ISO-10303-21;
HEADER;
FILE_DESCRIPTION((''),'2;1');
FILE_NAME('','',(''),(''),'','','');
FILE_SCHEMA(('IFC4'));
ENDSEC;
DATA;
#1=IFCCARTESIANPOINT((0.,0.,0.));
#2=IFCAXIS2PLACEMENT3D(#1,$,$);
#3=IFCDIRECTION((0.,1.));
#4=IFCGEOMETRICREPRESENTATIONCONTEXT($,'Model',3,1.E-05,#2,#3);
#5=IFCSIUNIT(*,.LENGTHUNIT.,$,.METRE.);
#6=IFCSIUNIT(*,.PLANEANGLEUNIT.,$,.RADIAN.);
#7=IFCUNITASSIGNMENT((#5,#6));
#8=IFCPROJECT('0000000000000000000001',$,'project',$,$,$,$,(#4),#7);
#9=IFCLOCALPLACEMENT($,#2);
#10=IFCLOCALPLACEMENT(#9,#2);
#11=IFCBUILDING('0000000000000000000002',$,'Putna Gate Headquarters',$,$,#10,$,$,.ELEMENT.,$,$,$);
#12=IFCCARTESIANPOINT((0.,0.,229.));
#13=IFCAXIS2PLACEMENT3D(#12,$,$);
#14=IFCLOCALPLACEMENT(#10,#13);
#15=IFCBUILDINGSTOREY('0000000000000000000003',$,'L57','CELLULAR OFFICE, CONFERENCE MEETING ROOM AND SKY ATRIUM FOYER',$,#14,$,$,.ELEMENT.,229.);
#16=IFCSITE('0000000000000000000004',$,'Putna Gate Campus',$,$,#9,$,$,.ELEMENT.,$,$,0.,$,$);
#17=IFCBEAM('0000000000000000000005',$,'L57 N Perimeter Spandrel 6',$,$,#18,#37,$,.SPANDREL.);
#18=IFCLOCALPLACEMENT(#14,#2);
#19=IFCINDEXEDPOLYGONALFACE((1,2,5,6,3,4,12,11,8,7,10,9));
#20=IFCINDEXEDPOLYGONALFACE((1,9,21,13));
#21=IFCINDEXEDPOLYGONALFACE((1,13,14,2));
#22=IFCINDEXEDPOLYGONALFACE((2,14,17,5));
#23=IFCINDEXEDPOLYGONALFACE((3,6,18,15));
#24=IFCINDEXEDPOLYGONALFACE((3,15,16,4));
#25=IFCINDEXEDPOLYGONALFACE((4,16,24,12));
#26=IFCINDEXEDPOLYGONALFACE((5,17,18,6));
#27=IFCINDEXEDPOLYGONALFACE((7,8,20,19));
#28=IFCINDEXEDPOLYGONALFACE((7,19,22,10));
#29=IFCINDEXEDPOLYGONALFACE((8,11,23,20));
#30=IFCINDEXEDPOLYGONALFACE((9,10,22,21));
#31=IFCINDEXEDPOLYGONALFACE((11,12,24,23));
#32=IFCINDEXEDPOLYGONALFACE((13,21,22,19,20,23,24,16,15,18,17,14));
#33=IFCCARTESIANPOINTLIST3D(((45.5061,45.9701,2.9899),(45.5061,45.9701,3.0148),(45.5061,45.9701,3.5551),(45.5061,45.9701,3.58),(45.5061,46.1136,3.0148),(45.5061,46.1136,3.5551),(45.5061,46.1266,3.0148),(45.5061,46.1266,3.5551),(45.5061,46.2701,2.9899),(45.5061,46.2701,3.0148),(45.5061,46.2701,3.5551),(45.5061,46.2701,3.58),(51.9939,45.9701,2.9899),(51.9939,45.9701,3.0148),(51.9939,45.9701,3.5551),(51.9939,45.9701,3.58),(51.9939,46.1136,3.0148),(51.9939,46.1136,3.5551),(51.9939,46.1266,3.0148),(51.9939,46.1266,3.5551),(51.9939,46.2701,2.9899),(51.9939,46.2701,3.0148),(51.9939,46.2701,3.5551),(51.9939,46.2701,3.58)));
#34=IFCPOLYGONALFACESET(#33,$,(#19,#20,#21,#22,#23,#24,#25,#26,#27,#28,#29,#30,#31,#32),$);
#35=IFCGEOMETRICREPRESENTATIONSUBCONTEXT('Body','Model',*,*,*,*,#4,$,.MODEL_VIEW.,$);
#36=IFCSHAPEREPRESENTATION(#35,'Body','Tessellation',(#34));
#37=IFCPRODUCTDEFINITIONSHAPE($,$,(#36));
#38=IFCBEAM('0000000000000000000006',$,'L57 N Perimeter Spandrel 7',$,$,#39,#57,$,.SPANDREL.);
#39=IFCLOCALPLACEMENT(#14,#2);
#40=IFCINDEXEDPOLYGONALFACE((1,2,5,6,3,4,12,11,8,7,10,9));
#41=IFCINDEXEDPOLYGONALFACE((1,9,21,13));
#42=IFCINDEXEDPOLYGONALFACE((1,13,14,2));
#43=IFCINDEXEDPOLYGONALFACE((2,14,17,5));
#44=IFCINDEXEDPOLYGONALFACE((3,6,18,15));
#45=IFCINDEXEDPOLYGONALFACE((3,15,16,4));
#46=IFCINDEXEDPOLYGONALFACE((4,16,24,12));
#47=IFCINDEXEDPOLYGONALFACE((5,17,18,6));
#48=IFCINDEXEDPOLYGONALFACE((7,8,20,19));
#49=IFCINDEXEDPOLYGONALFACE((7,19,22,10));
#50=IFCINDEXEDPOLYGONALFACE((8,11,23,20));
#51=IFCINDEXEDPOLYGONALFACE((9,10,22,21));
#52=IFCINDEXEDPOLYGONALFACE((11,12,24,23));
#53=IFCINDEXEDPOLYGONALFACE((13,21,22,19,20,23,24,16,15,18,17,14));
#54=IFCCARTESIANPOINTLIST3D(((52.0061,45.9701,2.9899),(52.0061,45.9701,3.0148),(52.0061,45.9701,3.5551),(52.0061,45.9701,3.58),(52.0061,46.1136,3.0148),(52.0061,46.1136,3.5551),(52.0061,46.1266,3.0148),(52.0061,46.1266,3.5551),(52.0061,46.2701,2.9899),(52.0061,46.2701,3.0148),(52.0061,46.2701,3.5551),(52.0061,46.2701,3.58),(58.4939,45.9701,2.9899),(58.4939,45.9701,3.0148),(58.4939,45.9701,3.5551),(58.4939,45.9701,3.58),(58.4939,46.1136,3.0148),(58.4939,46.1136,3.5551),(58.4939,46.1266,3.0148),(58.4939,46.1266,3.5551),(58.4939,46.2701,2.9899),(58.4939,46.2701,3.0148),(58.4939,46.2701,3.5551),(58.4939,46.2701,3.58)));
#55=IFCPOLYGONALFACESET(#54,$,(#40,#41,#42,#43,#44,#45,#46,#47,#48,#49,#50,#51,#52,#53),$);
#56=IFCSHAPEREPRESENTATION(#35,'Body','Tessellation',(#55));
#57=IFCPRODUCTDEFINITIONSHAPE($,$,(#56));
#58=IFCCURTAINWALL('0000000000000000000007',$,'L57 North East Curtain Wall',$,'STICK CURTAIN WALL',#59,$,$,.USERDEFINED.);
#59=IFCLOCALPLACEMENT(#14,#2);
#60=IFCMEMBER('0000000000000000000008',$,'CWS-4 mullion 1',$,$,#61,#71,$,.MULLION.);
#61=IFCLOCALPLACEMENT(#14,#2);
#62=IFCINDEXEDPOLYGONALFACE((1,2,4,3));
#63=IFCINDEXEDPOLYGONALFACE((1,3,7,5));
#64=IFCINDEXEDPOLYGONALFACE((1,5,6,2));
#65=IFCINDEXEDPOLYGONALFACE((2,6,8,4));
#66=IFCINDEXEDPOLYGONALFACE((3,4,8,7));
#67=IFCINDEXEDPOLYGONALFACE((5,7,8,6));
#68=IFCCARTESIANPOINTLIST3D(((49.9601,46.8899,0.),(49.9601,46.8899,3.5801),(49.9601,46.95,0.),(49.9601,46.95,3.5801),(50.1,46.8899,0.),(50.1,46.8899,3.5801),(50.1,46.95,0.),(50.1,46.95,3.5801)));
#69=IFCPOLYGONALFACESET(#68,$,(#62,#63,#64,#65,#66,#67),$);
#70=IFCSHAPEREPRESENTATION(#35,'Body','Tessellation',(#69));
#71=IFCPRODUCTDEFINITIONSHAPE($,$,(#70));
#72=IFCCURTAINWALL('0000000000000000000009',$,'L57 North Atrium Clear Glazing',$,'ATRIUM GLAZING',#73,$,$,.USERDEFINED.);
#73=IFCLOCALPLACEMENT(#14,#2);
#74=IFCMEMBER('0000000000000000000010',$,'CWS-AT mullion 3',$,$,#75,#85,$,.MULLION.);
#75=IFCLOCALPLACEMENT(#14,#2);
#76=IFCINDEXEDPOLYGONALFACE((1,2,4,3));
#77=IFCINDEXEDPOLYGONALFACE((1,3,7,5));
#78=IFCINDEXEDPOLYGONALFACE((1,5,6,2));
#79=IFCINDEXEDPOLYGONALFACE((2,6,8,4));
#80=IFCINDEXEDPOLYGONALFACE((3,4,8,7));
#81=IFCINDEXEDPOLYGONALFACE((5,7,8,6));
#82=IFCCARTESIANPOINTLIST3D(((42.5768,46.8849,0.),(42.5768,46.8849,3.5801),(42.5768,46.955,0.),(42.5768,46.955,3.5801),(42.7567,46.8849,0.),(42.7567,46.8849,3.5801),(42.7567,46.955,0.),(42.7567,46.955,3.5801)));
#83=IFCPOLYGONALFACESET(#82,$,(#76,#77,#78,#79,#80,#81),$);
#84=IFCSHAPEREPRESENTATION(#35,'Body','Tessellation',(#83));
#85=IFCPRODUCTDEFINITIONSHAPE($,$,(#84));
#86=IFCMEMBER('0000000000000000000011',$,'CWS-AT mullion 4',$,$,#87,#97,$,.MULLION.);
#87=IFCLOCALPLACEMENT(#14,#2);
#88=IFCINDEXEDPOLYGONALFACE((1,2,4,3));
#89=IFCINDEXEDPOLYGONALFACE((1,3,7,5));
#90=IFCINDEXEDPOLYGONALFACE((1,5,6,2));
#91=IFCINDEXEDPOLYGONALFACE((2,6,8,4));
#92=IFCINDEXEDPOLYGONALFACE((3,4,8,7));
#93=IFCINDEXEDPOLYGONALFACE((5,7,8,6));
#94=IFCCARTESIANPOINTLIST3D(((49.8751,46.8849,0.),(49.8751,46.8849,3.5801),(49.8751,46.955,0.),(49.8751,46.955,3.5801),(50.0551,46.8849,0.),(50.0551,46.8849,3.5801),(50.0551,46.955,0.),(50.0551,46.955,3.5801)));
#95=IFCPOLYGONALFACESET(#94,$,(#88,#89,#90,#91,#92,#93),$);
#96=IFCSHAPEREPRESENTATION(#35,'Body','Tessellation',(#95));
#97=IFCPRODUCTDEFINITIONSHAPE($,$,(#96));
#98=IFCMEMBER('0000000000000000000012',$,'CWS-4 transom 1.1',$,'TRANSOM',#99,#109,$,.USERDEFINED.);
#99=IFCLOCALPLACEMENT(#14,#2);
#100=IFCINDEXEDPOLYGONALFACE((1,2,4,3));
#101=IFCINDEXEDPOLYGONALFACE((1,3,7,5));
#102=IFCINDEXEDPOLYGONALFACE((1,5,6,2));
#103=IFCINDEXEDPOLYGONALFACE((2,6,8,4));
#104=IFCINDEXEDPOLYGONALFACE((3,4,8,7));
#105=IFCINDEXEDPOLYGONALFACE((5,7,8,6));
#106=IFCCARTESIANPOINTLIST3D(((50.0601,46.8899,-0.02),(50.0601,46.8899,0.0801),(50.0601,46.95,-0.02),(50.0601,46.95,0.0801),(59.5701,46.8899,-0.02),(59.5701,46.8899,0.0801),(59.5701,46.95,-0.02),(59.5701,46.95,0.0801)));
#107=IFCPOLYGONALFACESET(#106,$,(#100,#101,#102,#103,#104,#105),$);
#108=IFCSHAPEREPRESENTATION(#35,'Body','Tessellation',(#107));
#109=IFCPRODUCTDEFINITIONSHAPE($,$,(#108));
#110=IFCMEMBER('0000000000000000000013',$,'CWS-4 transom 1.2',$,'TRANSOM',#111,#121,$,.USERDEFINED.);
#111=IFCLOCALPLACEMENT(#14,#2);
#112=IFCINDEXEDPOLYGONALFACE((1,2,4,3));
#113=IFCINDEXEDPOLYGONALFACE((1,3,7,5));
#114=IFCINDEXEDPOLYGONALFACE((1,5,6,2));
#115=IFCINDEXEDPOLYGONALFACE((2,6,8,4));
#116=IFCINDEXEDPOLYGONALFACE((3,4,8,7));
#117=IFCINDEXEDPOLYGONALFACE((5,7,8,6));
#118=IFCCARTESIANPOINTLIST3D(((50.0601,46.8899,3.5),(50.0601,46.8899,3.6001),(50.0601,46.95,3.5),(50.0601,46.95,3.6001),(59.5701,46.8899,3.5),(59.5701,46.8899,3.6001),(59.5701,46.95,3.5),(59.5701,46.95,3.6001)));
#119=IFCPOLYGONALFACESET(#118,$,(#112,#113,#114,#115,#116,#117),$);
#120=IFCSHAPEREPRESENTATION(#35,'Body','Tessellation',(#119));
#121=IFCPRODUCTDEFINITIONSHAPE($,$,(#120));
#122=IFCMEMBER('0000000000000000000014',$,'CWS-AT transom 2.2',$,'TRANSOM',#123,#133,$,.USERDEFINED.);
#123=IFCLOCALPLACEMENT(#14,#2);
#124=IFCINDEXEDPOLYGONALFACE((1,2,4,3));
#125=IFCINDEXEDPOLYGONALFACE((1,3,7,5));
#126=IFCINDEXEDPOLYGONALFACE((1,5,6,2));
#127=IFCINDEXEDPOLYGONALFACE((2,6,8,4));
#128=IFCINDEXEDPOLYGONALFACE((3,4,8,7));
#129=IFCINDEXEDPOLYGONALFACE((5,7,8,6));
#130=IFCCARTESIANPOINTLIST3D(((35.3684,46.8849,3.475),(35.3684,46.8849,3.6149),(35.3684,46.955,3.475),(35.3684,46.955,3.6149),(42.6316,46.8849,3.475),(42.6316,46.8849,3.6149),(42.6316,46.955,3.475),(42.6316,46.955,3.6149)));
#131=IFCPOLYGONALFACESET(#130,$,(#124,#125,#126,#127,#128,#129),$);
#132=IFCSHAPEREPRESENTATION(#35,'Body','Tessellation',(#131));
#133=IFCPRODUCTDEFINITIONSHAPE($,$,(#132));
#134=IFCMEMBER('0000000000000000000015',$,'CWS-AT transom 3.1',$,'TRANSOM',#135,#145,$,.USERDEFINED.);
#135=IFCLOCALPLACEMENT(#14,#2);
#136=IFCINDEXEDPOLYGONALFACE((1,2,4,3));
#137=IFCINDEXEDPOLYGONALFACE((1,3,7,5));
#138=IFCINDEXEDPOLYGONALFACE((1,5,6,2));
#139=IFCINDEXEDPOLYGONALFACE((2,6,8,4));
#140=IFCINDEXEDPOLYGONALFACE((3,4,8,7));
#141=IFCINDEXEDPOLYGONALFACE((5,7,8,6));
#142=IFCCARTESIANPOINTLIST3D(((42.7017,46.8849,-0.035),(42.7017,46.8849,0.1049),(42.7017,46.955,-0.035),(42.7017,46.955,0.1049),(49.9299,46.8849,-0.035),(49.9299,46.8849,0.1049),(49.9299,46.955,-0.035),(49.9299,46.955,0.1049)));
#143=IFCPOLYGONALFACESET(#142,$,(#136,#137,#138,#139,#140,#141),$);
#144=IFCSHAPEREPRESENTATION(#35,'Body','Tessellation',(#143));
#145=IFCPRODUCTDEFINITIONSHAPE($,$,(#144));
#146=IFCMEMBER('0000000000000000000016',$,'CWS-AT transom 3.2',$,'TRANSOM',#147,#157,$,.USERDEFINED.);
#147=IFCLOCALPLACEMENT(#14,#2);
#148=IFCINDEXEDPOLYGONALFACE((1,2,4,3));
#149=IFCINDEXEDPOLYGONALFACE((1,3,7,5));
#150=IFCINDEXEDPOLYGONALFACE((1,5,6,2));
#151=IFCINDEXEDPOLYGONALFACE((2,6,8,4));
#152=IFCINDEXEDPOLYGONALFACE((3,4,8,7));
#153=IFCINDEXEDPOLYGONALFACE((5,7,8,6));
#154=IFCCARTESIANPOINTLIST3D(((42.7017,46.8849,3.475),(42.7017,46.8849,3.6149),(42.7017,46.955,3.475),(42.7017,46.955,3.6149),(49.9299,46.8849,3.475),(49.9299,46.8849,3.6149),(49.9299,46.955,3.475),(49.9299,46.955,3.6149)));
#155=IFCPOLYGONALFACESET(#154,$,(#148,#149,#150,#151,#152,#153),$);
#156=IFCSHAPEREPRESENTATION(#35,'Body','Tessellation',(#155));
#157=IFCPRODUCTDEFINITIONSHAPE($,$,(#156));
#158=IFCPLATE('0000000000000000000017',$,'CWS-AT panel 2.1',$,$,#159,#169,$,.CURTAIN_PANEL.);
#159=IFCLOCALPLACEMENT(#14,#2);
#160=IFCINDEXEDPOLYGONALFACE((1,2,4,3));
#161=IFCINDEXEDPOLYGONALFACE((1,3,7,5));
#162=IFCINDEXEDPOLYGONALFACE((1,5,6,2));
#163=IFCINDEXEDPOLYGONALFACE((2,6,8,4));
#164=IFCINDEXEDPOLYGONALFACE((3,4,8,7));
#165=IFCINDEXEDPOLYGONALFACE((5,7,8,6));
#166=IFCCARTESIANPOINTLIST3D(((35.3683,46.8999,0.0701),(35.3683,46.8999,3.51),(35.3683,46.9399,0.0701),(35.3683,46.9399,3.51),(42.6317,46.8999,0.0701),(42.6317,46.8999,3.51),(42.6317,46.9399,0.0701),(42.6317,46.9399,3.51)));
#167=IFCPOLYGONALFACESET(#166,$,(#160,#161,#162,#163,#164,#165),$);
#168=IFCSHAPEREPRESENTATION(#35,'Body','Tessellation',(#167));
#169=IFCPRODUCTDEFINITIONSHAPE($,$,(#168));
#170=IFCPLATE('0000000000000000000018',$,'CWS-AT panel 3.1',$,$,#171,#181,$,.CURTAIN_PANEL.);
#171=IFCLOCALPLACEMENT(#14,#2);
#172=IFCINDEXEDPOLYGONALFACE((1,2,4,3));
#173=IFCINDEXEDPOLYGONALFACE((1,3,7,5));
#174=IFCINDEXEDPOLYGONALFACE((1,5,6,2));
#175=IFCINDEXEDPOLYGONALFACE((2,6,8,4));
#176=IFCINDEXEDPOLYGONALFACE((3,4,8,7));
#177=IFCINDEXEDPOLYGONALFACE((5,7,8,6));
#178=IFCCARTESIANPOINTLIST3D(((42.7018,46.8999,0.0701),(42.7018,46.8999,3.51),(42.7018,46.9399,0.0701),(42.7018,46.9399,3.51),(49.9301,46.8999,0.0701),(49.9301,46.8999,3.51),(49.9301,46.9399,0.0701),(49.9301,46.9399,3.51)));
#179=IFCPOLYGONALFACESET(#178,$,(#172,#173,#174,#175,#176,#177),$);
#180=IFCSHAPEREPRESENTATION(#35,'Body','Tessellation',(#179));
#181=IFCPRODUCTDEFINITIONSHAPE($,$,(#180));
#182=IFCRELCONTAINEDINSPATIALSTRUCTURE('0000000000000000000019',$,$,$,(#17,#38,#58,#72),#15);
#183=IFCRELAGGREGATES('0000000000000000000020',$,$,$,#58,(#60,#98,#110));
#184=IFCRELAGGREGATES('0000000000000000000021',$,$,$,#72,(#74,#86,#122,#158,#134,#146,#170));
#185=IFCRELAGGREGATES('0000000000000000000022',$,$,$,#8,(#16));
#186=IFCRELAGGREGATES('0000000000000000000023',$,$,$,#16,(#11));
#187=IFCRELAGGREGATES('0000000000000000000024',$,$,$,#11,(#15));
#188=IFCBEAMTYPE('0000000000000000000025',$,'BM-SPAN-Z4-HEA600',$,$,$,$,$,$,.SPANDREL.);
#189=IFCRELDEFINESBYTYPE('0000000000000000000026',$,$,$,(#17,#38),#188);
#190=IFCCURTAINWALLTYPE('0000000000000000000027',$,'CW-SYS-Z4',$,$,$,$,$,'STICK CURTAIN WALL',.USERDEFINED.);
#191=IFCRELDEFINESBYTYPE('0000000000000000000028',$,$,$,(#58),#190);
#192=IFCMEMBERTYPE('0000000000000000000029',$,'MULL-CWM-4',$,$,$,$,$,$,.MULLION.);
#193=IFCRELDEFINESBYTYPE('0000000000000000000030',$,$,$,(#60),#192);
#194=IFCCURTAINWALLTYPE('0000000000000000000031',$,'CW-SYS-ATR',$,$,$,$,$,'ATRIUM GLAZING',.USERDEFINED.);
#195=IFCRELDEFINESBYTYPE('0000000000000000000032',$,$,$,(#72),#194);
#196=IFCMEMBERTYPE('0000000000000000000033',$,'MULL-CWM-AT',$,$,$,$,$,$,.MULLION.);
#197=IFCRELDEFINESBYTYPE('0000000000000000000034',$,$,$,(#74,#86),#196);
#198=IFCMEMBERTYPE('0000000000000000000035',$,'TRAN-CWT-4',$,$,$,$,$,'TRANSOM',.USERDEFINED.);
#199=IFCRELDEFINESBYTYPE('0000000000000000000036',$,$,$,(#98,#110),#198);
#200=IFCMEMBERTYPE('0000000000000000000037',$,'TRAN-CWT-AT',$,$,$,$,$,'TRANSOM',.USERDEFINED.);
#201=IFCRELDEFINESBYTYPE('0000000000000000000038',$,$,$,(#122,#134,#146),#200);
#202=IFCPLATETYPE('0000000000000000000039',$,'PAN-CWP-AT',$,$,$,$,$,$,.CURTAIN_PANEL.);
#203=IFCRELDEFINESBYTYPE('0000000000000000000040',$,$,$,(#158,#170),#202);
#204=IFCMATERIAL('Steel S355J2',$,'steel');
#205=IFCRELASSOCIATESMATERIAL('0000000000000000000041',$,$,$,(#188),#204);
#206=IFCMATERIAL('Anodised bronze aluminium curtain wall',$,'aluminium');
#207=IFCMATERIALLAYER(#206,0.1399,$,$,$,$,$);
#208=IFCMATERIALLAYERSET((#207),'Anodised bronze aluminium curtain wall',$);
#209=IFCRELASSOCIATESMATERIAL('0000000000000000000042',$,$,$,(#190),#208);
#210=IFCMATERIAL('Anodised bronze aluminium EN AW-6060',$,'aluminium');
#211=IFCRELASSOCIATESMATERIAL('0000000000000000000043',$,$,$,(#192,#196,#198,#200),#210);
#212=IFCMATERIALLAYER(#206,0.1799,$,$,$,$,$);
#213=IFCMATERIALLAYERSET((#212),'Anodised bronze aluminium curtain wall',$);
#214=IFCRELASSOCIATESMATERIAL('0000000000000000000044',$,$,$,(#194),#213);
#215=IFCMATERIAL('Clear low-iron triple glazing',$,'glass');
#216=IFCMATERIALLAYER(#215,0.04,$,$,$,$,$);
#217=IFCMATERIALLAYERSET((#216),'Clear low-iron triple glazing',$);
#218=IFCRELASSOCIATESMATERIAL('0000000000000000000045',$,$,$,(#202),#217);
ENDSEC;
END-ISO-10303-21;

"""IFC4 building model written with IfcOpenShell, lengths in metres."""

from ifc_helpers import new_model, si_unit, direction, frame, origin, origin_2d, place, context, subcontext, project, spatial, rectangle, i_section, extrude, material, layer, layer_set, material_profile, profile_set, type_object, element, aggregate, save


model = new_model("IFC4")

# Units and contexts
model_context = context("Model", 3, precision=1e-05, world=origin(), true_north=direction((0.0, 1.0)))
body_context = subcontext(model_context, "Body", "Model", "MODEL_VIEW")
ifc_project = project(units=[si_unit("LENGTHUNIT", "METRE"), si_unit("PLANEANGLEUNIT", "RADIAN")], contexts=[model_context])

# Site, building, storey
site_placement = place(None, origin())
site = spatial("IfcSite", under=ifc_project, at=site_placement, Name="Putna Gate Campus", CompositionType="ELEMENT", RefElevation=0.0)
building_placement = place(site_placement, origin())
building = spatial("IfcBuilding", under=site, at=building_placement, Name="Putna Gate Headquarters", CompositionType="ELEMENT")
storey_placement = place(building_placement, frame((0.0, 0.0, 229.0)))
storey = spatial("IfcBuildingStorey", under=building, at=storey_placement, Name="L57", Description="CELLULAR OFFICE, CONFERENCE MEETING ROOM AND SKY ATRIUM FOYER", CompositionType="ELEMENT", Elevation=229.0)

# Beams
ifc_material_1 = material(Name="Steel S355J2", Category="steel")
ifc_material_profile_1 = material_profile(ifc_material_1, i_section(OverallWidth=0.3, OverallDepth=0.5901, WebThickness=0.0129, FlangeThickness=0.0249, at=origin_2d()), Name="Steel S355J2")
ifc_profile_set_1 = profile_set([ifc_material_profile_1], Name="Steel S355J2")
beam_type_1 = type_object("IfcBeamType", Name="BM-SPAN-Z4-HEA600", PredefinedType="SPANDREL", material=ifc_profile_set_1)
for number, where, z_axis, x_axis, name in (
    (1, (45.5061, 46.1201, 3.2849), (1.0, 0.0, 0.0), (0.0, 1.0, 0.0), "L57 N Perimeter Spandrel 6"),
    (2, (52.0061, 46.1201, 3.2849), (1.0, 0.0, 0.0), (0.0, 1.0, 0.0), "L57 N Perimeter Spandrel 7"),
):
    element("IfcBeam", number, at=place(storey_placement, frame(where, z_axis=z_axis, x_axis=x_axis)), inside=storey, type_object=beam_type_1, Name=name, PredefinedType="SPANDREL", context=body_context, shape_type="SweptSolid", body=[
        extrude(i_section(OverallWidth=0.3, OverallDepth=0.5901, WebThickness=0.0129, FlangeThickness=0.0249, at=origin_2d()), origin(), (0.0, 0.0, 1.0), 6.4878),
    ])

# Curtain wall, member
ifc_material_2 = material(Name="Anodised bronze aluminium curtain wall", Category="aluminium")
ifc_layer_1 = layer(ifc_material_2, 0.1399)
ifc_layer_set_1 = layer_set([ifc_layer_1], Name="Anodised bronze aluminium curtain wall")
curtain_wall_type_1 = type_object("IfcCurtainWallType", Name="CW-SYS-Z4", ElementType="STICK CURTAIN WALL", PredefinedType="USERDEFINED", material=ifc_layer_set_1)
curtain_wall_1_placement = place(storey_placement, origin())
curtain_wall_1 = element("IfcCurtainWall", 3, at=curtain_wall_1_placement, inside=storey, type_object=curtain_wall_type_1, Name="L57 North East Curtain Wall", ObjectType="STICK CURTAIN WALL", PredefinedType="USERDEFINED")
ifc_material_3 = material(Name="Anodised bronze aluminium EN AW-6060", Category="aluminium")
ifc_material_profile_2 = material_profile(ifc_material_3, rectangle(XDim=0.0601, YDim=0.1399, at=origin_2d()), Name="Anodised bronze aluminium EN AW-6060")
ifc_profile_set_2 = profile_set([ifc_material_profile_2], Name="Anodised bronze aluminium EN AW-6060")
member_type_1 = type_object("IfcMemberType", Name="MULL-CWM-4", PredefinedType="MULLION", material=ifc_profile_set_2)
member_1_placement = place(storey_placement, frame((50.03, 46.9199, 0.0), z_axis=(0.0, 0.0, 1.0), x_axis=(0.0, 1.0, 0.0)))
member_1 = element("IfcMember", 4, at=member_1_placement, type_object=member_type_1, Name="CWS-4 mullion 1", PredefinedType="MULLION", context=body_context, shape_type="SweptSolid", body=[
    extrude(rectangle(XDim=0.0601, YDim=0.1399, at=origin_2d()), origin(), (0.0, 0.0, 1.0), 3.5801),
])

# Curtain wall, members
ifc_layer_2 = layer(ifc_material_2, 0.1799)
ifc_layer_set_2 = layer_set([ifc_layer_2], Name="Anodised bronze aluminium curtain wall")
curtain_wall_type_2 = type_object("IfcCurtainWallType", Name="CW-SYS-ATR", ElementType="ATRIUM GLAZING", PredefinedType="USERDEFINED", material=ifc_layer_set_2)
curtain_wall_2_placement = place(storey_placement, origin())
curtain_wall_2 = element("IfcCurtainWall", 5, at=curtain_wall_2_placement, inside=storey, type_object=curtain_wall_type_2, Name="L57 North Atrium Clear Glazing", ObjectType="ATRIUM GLAZING", PredefinedType="USERDEFINED")
ifc_material_profile_3 = material_profile(ifc_material_3, rectangle(XDim=0.0701, YDim=0.1799, at=origin_2d()), Name="Anodised bronze aluminium EN AW-6060")
ifc_profile_set_3 = profile_set([ifc_material_profile_3], Name="Anodised bronze aluminium EN AW-6060")
member_type_2 = type_object("IfcMemberType", Name="MULL-CWM-AT", PredefinedType="MULLION", material=ifc_profile_set_3)
member_2_placement = place(storey_placement, frame((42.6667, 46.9199, 0.0), z_axis=(0.0, 0.0, 1.0), x_axis=(0.0, 1.0, 0.0)))
member_2 = element("IfcMember", 6, at=member_2_placement, type_object=member_type_2, Name="CWS-AT mullion 3", PredefinedType="MULLION", context=body_context, shape_type="SweptSolid", body=[
    extrude(rectangle(XDim=0.0701, YDim=0.1799, at=origin_2d()), origin(), (0.0, 0.0, 1.0), 3.5801),
])
member_3_placement = place(storey_placement, frame((49.9651, 46.9199, 0.0), z_axis=(0.0, 0.0, 1.0), x_axis=(0.0, 1.0, 0.0)))
member_3 = element("IfcMember", 7, at=member_3_placement, type_object=member_type_2, Name="CWS-AT mullion 4", PredefinedType="MULLION", context=body_context, shape_type="SweptSolid", body=[
    extrude(rectangle(XDim=0.0701, YDim=0.1799, at=origin_2d()), origin(), (0.0, 0.0, 1.0), 3.5801),
])

# Members
ifc_material_profile_4 = material_profile(ifc_material_3, rectangle(XDim=0.0601, YDim=0.1001, at=origin_2d()), Name="Anodised bronze aluminium EN AW-6060")
ifc_profile_set_4 = profile_set([ifc_material_profile_4], Name="Anodised bronze aluminium EN AW-6060")
member_type_3 = type_object("IfcMemberType", Name="TRAN-CWT-4", ElementType="TRANSOM", PredefinedType="USERDEFINED", material=ifc_profile_set_4)
member_4_placement = place(storey_placement, frame((50.0601, 46.9199, 0.03), z_axis=(1.0, 0.0, 0.0), x_axis=(0.0, 1.0, 0.0)))
member_4 = element("IfcMember", 8, at=member_4_placement, type_object=member_type_3, Name="CWS-4 transom 1.1", ObjectType="TRANSOM", PredefinedType="USERDEFINED", context=body_context, shape_type="SweptSolid", body=[
    extrude(rectangle(XDim=0.0601, YDim=0.1001, at=origin_2d()), origin(), (0.0, 0.0, 1.0), 9.51),
])
member_5_placement = place(storey_placement, frame((50.0601, 46.9199, 3.55), z_axis=(1.0, 0.0, 0.0), x_axis=(0.0, 1.0, 0.0)))
member_5 = element("IfcMember", 9, at=member_5_placement, type_object=member_type_3, Name="CWS-4 transom 1.2", ObjectType="TRANSOM", PredefinedType="USERDEFINED", context=body_context, shape_type="SweptSolid", body=[
    extrude(rectangle(XDim=0.0601, YDim=0.1001, at=origin_2d()), origin(), (0.0, 0.0, 1.0), 9.51),
])
aggregate(curtain_wall_1, [member_1, member_4, member_5])
ifc_material_profile_5 = material_profile(ifc_material_3, rectangle(XDim=0.0701, YDim=0.1399, at=origin_2d()), Name="Anodised bronze aluminium EN AW-6060")
ifc_profile_set_5 = profile_set([ifc_material_profile_5], Name="Anodised bronze aluminium EN AW-6060")
member_type_4 = type_object("IfcMemberType", Name="TRAN-CWT-AT", ElementType="TRANSOM", PredefinedType="USERDEFINED", material=ifc_profile_set_5)
member_6_placement = place(storey_placement, frame((35.3684, 46.9199, 3.5449), z_axis=(1.0, 0.0, 0.0), x_axis=(0.0, 1.0, 0.0)))
member_6 = element("IfcMember", 10, at=member_6_placement, type_object=member_type_4, Name="CWS-AT transom 2.2", ObjectType="TRANSOM", PredefinedType="USERDEFINED", context=body_context, shape_type="SweptSolid", body=[
    extrude(rectangle(XDim=0.0701, YDim=0.1399, at=origin_2d()), origin(), (0.0, 0.0, 1.0), 7.2632),
])
member_7_placement = place(storey_placement, frame((42.7017, 46.9199, 0.0349), z_axis=(1.0, 0.0, 0.0), x_axis=(0.0, 1.0, 0.0)))
member_7 = element("IfcMember", 11, at=member_7_placement, type_object=member_type_4, Name="CWS-AT transom 3.1", ObjectType="TRANSOM", PredefinedType="USERDEFINED", context=body_context, shape_type="SweptSolid", body=[
    extrude(rectangle(XDim=0.0701, YDim=0.1399, at=origin_2d()), origin(), (0.0, 0.0, 1.0), 7.2283),
])
member_8_placement = place(storey_placement, frame((42.7017, 46.9199, 3.5449), z_axis=(1.0, 0.0, 0.0), x_axis=(0.0, 1.0, 0.0)))
member_8 = element("IfcMember", 12, at=member_8_placement, type_object=member_type_4, Name="CWS-AT transom 3.2", ObjectType="TRANSOM", PredefinedType="USERDEFINED", context=body_context, shape_type="SweptSolid", body=[
    extrude(rectangle(XDim=0.0701, YDim=0.1399, at=origin_2d()), origin(), (0.0, 0.0, 1.0), 7.2283),
])

# Plates
ifc_material_4 = material(Name="Clear low-iron triple glazing", Category="glass")
ifc_layer_3 = layer(ifc_material_4, 0.04)
ifc_layer_set_3 = layer_set([ifc_layer_3], Name="Clear low-iron triple glazing")
plate_type = type_object("IfcPlateType", Name="PAN-CWP-AT", PredefinedType="CURTAIN_PANEL", material=ifc_layer_set_3)
plate_1_placement = place(storey_placement, frame((39.0, 46.9199, 0.0701), z_axis=(0.0, 0.0, 1.0), x_axis=(1.0, 0.0, 0.0)))
plate_1 = element("IfcPlate", 13, at=plate_1_placement, type_object=plate_type, Name="CWS-AT panel 2.1", PredefinedType="CURTAIN_PANEL", context=body_context, shape_type="SweptSolid", body=[
    extrude(rectangle(XDim=7.2634, YDim=0.04, at=origin_2d()), origin(), (0.0, 0.0, 1.0), 3.4399),
])
plate_2_placement = place(storey_placement, frame((46.3159, 46.9199, 0.0701), z_axis=(0.0, 0.0, 1.0), x_axis=(1.0, 0.0, 0.0)))
plate_2 = element("IfcPlate", 14, at=plate_2_placement, type_object=plate_type, Name="CWS-AT panel 3.1", PredefinedType="CURTAIN_PANEL", context=body_context, shape_type="SweptSolid", body=[
    extrude(rectangle(XDim=7.2283, YDim=0.04, at=origin_2d()), origin(), (0.0, 0.0, 1.0), 3.4399),
])
aggregate(curtain_wall_2, [member_2, member_3, member_6, plate_1, member_7, member_8, plate_2])

save(model, "model.ifc")
